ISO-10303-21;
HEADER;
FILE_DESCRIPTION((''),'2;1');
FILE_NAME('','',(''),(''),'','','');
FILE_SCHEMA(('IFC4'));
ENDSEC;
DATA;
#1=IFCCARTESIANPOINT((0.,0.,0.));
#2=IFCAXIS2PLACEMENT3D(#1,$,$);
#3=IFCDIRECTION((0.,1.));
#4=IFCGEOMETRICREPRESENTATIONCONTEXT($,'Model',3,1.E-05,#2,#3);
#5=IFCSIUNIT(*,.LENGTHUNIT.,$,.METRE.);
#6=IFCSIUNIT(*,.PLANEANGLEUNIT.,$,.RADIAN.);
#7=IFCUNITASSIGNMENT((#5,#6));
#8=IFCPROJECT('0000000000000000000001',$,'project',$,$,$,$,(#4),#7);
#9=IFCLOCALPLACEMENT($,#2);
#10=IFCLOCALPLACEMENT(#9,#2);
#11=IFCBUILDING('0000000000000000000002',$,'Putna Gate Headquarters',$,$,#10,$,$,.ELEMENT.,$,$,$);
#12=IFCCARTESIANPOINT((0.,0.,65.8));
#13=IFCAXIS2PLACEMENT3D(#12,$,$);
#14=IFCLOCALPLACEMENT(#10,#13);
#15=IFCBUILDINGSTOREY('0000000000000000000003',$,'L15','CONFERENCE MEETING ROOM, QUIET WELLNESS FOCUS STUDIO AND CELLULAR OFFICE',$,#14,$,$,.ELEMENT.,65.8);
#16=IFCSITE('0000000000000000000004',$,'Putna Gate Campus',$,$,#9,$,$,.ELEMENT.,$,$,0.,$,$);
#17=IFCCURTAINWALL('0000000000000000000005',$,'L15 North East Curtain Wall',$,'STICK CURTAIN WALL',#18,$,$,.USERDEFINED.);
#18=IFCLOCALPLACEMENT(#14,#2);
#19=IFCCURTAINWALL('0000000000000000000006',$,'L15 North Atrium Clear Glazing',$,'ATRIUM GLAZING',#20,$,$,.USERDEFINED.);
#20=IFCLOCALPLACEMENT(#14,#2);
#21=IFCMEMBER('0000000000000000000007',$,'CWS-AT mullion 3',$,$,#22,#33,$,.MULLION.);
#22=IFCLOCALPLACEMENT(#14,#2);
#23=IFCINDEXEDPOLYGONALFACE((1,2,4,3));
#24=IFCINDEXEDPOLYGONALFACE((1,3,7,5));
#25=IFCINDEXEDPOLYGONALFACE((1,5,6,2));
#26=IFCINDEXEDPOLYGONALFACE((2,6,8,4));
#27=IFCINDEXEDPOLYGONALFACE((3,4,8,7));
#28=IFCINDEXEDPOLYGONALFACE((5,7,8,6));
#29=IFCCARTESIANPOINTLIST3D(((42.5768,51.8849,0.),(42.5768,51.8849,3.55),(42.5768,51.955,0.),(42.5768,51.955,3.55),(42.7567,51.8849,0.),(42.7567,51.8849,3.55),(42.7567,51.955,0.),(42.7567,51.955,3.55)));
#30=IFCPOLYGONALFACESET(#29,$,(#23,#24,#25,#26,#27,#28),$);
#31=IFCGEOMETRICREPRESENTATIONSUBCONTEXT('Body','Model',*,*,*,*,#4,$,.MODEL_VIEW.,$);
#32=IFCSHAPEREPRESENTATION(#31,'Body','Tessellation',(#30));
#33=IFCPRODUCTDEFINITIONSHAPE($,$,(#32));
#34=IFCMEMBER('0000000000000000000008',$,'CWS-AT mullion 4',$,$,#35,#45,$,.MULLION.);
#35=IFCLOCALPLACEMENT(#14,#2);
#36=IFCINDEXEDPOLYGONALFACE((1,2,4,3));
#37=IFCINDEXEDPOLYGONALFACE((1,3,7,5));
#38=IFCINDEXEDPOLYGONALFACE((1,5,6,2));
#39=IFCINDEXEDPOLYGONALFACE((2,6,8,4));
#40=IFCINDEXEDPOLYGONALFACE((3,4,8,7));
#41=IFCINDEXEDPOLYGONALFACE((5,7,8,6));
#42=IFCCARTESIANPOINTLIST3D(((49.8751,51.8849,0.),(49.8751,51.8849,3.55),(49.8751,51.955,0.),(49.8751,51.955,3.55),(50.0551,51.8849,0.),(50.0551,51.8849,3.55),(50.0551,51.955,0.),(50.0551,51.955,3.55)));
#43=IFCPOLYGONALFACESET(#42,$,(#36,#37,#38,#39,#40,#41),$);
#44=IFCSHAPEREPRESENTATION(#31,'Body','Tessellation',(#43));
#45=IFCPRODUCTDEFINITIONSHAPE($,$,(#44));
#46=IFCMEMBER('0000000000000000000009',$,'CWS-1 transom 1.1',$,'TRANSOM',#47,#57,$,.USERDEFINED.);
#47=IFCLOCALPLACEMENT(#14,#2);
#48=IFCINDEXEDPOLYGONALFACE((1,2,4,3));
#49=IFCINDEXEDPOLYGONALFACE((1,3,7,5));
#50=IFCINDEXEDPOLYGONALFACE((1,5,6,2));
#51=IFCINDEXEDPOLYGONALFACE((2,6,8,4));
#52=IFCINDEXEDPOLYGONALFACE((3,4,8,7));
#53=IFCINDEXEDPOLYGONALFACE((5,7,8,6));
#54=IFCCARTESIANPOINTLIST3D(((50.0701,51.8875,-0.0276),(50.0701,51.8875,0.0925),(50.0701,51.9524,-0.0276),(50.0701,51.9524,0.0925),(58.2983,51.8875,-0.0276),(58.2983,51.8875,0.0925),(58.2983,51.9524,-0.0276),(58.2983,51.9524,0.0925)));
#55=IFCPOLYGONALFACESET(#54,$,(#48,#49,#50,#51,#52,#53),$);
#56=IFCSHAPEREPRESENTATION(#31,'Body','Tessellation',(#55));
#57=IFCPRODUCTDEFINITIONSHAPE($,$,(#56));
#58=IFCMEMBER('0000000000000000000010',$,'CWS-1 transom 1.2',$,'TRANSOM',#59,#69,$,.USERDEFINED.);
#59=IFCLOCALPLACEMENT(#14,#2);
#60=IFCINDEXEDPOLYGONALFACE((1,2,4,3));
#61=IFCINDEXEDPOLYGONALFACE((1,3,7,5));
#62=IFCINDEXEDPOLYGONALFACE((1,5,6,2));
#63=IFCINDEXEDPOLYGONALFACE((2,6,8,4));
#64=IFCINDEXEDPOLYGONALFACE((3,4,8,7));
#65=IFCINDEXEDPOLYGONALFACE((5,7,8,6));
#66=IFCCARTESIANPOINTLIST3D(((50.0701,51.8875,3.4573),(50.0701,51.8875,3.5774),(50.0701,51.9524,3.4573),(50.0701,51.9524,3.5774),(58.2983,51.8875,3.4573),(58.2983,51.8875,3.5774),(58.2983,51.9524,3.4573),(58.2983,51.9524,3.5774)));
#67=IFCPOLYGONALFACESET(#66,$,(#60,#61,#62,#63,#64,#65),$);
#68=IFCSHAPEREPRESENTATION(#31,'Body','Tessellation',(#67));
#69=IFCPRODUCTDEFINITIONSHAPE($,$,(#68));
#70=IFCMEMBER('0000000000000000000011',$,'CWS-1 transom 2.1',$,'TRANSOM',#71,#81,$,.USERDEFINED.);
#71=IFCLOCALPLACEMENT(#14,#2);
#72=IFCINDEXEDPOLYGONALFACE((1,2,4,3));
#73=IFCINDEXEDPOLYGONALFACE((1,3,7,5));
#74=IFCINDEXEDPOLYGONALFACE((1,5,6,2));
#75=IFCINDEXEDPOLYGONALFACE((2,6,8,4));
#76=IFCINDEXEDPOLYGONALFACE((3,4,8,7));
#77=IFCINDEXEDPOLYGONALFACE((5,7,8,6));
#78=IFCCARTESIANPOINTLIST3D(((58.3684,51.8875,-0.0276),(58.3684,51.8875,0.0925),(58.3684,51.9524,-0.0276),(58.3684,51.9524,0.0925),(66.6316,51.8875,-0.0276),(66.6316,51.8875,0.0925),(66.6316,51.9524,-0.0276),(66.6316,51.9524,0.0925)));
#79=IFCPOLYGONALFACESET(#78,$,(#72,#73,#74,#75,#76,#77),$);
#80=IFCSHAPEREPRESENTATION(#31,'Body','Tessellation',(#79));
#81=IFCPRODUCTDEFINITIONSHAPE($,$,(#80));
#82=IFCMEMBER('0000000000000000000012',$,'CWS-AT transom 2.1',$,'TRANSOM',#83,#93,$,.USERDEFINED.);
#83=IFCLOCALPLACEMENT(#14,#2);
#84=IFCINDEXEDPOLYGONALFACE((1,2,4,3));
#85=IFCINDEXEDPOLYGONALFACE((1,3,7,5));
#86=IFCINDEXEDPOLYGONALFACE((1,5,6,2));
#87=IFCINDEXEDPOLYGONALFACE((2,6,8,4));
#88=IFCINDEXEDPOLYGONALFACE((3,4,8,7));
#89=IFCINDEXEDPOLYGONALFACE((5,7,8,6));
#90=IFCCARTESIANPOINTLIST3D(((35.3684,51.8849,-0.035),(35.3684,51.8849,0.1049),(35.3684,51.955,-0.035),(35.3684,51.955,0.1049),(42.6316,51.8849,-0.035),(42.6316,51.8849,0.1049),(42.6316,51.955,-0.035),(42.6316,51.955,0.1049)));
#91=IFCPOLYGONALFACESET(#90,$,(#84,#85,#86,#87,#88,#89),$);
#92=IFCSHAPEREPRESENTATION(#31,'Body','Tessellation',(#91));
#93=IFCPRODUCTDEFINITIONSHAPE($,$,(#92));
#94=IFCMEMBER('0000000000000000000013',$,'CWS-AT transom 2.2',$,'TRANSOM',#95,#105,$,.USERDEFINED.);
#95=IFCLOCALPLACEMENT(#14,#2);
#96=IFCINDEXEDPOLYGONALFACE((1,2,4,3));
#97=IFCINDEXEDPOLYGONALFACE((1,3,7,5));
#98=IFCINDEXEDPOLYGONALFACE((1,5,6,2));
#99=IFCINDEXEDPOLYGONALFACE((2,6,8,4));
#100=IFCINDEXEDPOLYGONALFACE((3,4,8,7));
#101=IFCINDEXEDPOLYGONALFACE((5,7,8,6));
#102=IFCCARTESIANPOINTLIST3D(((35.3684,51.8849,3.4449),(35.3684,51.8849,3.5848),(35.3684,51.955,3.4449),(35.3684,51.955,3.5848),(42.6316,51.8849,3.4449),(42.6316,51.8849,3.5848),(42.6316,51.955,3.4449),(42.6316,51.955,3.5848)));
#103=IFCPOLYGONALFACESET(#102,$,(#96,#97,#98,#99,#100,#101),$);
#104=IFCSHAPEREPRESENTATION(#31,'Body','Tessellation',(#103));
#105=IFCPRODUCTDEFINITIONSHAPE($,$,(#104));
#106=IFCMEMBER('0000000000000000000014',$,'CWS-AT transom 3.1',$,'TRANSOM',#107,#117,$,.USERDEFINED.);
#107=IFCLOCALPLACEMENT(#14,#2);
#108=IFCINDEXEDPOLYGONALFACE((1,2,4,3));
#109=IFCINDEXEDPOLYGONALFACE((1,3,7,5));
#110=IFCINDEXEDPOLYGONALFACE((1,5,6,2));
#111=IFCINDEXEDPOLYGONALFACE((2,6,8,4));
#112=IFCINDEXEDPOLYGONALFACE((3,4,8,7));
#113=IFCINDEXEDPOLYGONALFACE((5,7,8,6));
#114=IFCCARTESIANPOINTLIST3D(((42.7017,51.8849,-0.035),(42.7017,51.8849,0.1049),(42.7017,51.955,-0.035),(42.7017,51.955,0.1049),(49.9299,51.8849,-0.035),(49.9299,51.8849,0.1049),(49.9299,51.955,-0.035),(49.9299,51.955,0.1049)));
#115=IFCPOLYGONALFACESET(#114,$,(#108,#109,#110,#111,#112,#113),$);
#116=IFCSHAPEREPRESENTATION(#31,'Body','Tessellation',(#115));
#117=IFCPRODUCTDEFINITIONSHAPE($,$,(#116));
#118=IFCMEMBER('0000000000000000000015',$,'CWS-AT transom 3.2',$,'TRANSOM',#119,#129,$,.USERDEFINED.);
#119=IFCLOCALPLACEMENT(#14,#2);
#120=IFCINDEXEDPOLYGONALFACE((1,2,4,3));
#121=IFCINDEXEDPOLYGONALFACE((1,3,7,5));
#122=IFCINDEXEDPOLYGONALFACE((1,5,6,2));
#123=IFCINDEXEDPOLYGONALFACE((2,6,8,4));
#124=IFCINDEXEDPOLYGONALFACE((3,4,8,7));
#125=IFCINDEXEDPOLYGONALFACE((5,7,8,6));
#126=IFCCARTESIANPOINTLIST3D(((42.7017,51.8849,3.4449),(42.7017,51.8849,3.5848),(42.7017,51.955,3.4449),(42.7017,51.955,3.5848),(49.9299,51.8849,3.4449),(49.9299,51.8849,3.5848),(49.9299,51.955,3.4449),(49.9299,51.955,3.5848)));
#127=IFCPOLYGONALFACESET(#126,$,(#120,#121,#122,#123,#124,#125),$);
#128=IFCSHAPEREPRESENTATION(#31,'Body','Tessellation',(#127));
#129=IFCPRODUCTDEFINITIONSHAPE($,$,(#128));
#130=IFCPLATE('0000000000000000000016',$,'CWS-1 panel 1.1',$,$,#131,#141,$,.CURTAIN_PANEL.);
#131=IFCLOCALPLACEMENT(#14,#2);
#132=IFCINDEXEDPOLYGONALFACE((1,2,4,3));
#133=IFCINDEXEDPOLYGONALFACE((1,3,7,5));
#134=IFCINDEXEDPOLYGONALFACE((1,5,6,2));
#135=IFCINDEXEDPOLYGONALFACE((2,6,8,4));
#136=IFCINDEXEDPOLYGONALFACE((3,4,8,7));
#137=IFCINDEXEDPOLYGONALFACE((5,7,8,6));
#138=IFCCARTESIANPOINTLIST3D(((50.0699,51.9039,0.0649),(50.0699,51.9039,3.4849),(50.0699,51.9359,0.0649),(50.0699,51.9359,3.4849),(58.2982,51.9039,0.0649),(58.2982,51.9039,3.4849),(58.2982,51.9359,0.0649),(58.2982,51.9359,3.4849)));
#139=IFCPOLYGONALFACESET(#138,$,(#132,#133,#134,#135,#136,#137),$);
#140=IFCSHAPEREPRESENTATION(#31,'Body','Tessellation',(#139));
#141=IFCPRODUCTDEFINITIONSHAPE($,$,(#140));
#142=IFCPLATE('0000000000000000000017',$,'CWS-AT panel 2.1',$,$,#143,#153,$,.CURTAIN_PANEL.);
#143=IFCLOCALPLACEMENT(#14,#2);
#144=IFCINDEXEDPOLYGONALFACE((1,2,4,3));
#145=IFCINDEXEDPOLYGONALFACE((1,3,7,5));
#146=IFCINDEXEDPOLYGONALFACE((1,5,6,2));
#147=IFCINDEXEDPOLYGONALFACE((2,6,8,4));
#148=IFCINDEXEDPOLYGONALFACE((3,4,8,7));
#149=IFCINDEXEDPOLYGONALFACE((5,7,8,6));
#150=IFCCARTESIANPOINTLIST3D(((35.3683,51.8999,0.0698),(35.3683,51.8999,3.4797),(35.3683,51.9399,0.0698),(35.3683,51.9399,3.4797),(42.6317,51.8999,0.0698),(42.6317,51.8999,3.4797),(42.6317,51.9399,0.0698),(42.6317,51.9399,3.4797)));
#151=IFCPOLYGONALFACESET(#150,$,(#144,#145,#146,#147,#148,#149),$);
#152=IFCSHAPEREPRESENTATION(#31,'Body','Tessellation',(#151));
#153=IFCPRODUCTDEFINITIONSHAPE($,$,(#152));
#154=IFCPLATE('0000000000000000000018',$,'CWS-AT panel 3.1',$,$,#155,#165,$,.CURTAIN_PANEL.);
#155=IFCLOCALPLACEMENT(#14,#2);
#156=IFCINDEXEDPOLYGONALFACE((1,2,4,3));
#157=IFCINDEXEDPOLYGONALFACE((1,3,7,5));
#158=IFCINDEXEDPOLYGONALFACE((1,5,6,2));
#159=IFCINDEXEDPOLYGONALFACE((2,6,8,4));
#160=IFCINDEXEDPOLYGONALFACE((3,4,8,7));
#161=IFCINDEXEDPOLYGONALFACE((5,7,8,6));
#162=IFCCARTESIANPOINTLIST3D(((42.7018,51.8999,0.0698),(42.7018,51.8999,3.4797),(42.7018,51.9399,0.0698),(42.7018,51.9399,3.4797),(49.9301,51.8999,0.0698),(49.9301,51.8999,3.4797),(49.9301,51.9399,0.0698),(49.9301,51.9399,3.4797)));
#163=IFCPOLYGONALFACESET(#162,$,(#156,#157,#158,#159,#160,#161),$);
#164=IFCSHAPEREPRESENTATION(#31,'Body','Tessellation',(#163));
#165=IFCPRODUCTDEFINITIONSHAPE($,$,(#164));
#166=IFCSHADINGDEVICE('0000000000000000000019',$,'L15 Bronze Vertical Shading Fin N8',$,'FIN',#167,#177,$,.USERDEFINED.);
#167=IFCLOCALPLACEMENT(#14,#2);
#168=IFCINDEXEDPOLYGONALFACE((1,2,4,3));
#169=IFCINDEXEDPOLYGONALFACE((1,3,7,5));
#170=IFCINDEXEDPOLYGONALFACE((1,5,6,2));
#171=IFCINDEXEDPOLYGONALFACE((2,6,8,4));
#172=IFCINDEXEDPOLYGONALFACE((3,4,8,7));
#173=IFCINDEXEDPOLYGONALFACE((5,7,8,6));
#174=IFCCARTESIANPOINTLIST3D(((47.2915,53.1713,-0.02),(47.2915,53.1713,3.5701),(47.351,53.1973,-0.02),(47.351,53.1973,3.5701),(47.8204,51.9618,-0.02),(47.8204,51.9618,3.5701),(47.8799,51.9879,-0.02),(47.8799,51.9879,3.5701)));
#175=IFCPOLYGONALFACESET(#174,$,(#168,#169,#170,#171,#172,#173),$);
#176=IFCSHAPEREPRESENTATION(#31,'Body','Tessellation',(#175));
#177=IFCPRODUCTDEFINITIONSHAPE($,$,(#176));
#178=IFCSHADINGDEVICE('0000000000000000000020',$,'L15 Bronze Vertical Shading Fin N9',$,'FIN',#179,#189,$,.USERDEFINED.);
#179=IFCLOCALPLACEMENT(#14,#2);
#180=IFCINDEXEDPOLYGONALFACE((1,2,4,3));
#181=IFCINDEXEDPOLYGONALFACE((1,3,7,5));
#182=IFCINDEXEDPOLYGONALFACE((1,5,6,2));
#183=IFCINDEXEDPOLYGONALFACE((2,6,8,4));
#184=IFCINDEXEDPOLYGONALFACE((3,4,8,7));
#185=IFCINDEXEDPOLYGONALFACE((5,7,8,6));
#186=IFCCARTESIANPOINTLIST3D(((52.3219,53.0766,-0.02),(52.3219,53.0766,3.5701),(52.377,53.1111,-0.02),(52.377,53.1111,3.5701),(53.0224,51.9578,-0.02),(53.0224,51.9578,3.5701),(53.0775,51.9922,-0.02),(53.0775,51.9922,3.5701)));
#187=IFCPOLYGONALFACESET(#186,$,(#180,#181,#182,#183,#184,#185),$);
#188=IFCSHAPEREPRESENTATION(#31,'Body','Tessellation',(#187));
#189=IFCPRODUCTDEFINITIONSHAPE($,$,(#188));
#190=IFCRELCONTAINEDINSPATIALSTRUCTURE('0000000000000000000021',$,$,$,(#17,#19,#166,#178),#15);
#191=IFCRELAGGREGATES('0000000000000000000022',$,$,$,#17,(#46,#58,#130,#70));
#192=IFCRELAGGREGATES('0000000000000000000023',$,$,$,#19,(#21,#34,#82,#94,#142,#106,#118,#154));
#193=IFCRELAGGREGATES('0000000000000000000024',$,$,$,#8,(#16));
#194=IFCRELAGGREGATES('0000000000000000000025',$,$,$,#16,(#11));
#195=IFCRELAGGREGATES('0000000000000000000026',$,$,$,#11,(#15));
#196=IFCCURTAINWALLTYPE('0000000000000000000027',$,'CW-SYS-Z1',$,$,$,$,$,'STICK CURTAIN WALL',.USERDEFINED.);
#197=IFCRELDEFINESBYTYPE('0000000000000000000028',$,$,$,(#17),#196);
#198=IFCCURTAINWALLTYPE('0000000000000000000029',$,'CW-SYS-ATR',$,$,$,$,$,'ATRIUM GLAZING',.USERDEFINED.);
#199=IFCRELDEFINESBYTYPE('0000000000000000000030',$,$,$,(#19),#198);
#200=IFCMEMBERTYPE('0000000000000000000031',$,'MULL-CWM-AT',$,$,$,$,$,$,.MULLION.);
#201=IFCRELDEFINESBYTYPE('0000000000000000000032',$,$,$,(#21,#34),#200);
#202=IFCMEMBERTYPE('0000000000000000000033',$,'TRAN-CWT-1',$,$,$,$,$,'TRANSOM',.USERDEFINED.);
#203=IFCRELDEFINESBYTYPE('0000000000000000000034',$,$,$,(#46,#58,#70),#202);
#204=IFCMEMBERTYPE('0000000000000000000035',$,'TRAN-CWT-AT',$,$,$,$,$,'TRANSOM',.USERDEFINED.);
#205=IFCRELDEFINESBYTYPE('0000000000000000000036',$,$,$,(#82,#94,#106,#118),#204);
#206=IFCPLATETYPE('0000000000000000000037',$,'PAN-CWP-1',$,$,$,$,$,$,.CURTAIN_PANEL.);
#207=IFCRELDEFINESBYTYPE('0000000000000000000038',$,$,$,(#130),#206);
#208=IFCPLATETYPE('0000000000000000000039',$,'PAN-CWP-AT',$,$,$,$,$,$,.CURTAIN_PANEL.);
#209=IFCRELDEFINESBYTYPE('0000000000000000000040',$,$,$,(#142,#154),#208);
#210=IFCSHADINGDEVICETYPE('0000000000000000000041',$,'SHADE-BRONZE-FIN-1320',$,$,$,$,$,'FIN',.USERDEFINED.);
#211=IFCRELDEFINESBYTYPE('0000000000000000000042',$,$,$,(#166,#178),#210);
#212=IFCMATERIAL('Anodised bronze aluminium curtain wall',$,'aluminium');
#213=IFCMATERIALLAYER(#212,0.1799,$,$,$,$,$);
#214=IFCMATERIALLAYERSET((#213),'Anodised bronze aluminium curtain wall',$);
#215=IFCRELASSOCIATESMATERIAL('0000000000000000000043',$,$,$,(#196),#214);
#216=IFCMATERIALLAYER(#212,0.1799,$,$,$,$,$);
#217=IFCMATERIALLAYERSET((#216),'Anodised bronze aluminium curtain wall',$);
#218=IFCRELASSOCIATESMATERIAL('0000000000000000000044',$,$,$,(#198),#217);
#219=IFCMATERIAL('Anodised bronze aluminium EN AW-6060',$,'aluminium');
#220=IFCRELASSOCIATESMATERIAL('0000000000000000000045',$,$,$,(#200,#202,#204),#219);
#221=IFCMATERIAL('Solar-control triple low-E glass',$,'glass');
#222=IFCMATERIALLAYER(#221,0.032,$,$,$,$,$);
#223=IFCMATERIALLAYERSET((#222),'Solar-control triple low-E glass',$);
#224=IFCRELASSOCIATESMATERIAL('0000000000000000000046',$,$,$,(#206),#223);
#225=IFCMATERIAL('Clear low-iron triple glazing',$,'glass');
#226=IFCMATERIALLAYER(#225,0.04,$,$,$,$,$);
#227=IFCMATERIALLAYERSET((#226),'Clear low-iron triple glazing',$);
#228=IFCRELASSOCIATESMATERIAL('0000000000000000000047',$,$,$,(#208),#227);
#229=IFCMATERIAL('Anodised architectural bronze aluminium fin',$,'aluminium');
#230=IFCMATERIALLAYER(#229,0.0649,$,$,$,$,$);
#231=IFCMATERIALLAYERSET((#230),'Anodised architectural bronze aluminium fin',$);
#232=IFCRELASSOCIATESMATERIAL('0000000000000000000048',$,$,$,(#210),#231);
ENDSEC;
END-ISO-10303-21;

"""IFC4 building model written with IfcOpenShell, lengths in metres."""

from ifc_helpers import new_model, si_unit, direction, frame, origin, origin_2d, place, context, subcontext, project, spatial, rectangle, extrude, material, layer, layer_set, material_profile, profile_set, type_object, element, aggregate, save


model = new_model("IFC4")

# Units and contexts
model_context = context("Model", 3, precision=1e-05, world=origin(), true_north=direction((0.0, 1.0)))
body_context = subcontext(model_context, "Body", "Model", "MODEL_VIEW")
ifc_project = project(units=[si_unit("LENGTHUNIT", "METRE"), si_unit("PLANEANGLEUNIT", "RADIAN")], contexts=[model_context])

# Site, building, storey
site_placement = place(None, origin())
site = spatial("IfcSite", under=ifc_project, at=site_placement, Name="Putna Gate Campus", CompositionType="ELEMENT", RefElevation=0.0)
building_placement = place(site_placement, origin())
building = spatial("IfcBuilding", under=site, at=building_placement, Name="Putna Gate Headquarters", CompositionType="ELEMENT")
storey_placement = place(building_placement, frame((0.0, 0.0, 65.8)))
storey = spatial("IfcBuildingStorey", under=building, at=storey_placement, Name="L15", Description="CONFERENCE MEETING ROOM, QUIET WELLNESS FOCUS STUDIO AND CELLULAR OFFICE", CompositionType="ELEMENT", Elevation=65.8)

# Curtain walls, members
ifc_material_1 = material(Name="Anodised bronze aluminium curtain wall", Category="aluminium")
ifc_layer_1 = layer(ifc_material_1, 0.1799)
ifc_layer_set_1 = layer_set([ifc_layer_1], Name="Anodised bronze aluminium curtain wall")
curtain_wall_type_1 = type_object("IfcCurtainWallType", Name="CW-SYS-Z1", ElementType="STICK CURTAIN WALL", PredefinedType="USERDEFINED", material=ifc_layer_set_1)
curtain_wall_1_placement = place(storey_placement, origin())
curtain_wall_1 = element("IfcCurtainWall", 1, at=curtain_wall_1_placement, inside=storey, type_object=curtain_wall_type_1, Name="L15 North East Curtain Wall", ObjectType="STICK CURTAIN WALL", PredefinedType="USERDEFINED")
ifc_material_2 = material(Name="Anodised bronze aluminium EN AW-6060", Category="aluminium")
ifc_layer_2 = layer(ifc_material_1, 0.1799)
ifc_layer_set_2 = layer_set([ifc_layer_2], Name="Anodised bronze aluminium curtain wall")
curtain_wall_type_2 = type_object("IfcCurtainWallType", Name="CW-SYS-ATR", ElementType="ATRIUM GLAZING", PredefinedType="USERDEFINED", material=ifc_layer_set_2)
curtain_wall_2_placement = place(storey_placement, origin())
curtain_wall_2 = element("IfcCurtainWall", 2, at=curtain_wall_2_placement, inside=storey, type_object=curtain_wall_type_2, Name="L15 North Atrium Clear Glazing", ObjectType="ATRIUM GLAZING", PredefinedType="USERDEFINED")
ifc_material_profile_1 = material_profile(ifc_material_2, rectangle(XDim=0.0701, YDim=0.1799, at=origin_2d()), Name="Anodised bronze aluminium EN AW-6060")
ifc_profile_set_1 = profile_set([ifc_material_profile_1], Name="Anodised bronze aluminium EN AW-6060")
member_type_1 = type_object("IfcMemberType", Name="MULL-CWM-AT", PredefinedType="MULLION", material=ifc_profile_set_1)
member_1_placement = place(storey_placement, frame((42.6667, 51.9199, 0.0), z_axis=(0.0, 0.0, 1.0), x_axis=(0.0, 1.0, 0.0)))
member_1 = element("IfcMember", 3, at=member_1_placement, type_object=member_type_1, Name="CWS-AT mullion 3", PredefinedType="MULLION", context=body_context, shape_type="SweptSolid", body=[
    extrude(rectangle(XDim=0.0701, YDim=0.1799, at=origin_2d()), origin(), (0.0, 0.0, 1.0), 3.55),
])
member_2_placement = place(storey_placement, frame((49.9651, 51.9199, 0.0), z_axis=(0.0, 0.0, 1.0), x_axis=(0.0, 1.0, 0.0)))
member_2 = element("IfcMember", 4, at=member_2_placement, type_object=member_type_1, Name="CWS-AT mullion 4", PredefinedType="MULLION", context=body_context, shape_type="SweptSolid", body=[
    extrude(rectangle(XDim=0.0701, YDim=0.1799, at=origin_2d()), origin(), (0.0, 0.0, 1.0), 3.55),
])

# Members
ifc_material_profile_2 = material_profile(ifc_material_2, rectangle(XDim=0.0649, YDim=0.1201, at=origin_2d()), Name="Anodised bronze aluminium EN AW-6060")
ifc_profile_set_2 = profile_set([ifc_material_profile_2], Name="Anodised bronze aluminium EN AW-6060")
member_type_2 = type_object("IfcMemberType", Name="TRAN-CWT-1", ElementType="TRANSOM", PredefinedType="USERDEFINED", material=ifc_profile_set_2)
member_3_placement = place(storey_placement, frame((50.0701, 51.9199, 0.0325), z_axis=(1.0, 0.0, 0.0), x_axis=(0.0, 1.0, 0.0)))
member_3 = element("IfcMember", 5, at=member_3_placement, type_object=member_type_2, Name="CWS-1 transom 1.1", ObjectType="TRANSOM", PredefinedType="USERDEFINED", context=body_context, shape_type="SweptSolid", body=[
    extrude(rectangle(XDim=0.0649, YDim=0.1201, at=origin_2d()), origin(), (0.0, 0.0, 1.0), 8.2283),
])
member_4_placement = place(storey_placement, frame((50.0701, 51.9199, 3.5173), z_axis=(1.0, 0.0, 0.0), x_axis=(0.0, 1.0, 0.0)))
member_4 = element("IfcMember", 6, at=member_4_placement, type_object=member_type_2, Name="CWS-1 transom 1.2", ObjectType="TRANSOM", PredefinedType="USERDEFINED", context=body_context, shape_type="SweptSolid", body=[
    extrude(rectangle(XDim=0.0649, YDim=0.1201, at=origin_2d()), origin(), (0.0, 0.0, 1.0), 8.2283),
])
member_5_placement = place(storey_placement, frame((58.3684, 51.9199, 0.0325), z_axis=(1.0, 0.0, 0.0), x_axis=(0.0, 1.0, 0.0)))
member_5 = element("IfcMember", 7, at=member_5_placement, type_object=member_type_2, Name="CWS-1 transom 2.1", ObjectType="TRANSOM", PredefinedType="USERDEFINED", context=body_context, shape_type="SweptSolid", body=[
    extrude(rectangle(XDim=0.0649, YDim=0.1201, at=origin_2d()), origin(), (0.0, 0.0, 1.0), 8.2632),
])
ifc_material_profile_3 = material_profile(ifc_material_2, rectangle(XDim=0.0701, YDim=0.1399, at=origin_2d()), Name="Anodised bronze aluminium EN AW-6060")
ifc_profile_set_3 = profile_set([ifc_material_profile_3], Name="Anodised bronze aluminium EN AW-6060")
member_type_3 = type_object("IfcMemberType", Name="TRAN-CWT-AT", ElementType="TRANSOM", PredefinedType="USERDEFINED", material=ifc_profile_set_3)
member_6_placement = place(storey_placement, frame((35.3684, 51.9199, 0.0349), z_axis=(1.0, 0.0, 0.0), x_axis=(0.0, 1.0, 0.0)))
member_6 = element("IfcMember", 8, at=member_6_placement, type_object=member_type_3, Name="CWS-AT transom 2.1", ObjectType="TRANSOM", PredefinedType="USERDEFINED", context=body_context, shape_type="SweptSolid", body=[
    extrude(rectangle(XDim=0.0701, YDim=0.1399, at=origin_2d()), origin(), (0.0, 0.0, 1.0), 7.2632),
])
member_7_placement = place(storey_placement, frame((35.3684, 51.9199, 3.5149), z_axis=(1.0, 0.0, 0.0), x_axis=(0.0, 1.0, 0.0)))
member_7 = element("IfcMember", 9, at=member_7_placement, type_object=member_type_3, Name="CWS-AT transom 2.2", ObjectType="TRANSOM", PredefinedType="USERDEFINED", context=body_context, shape_type="SweptSolid", body=[
    extrude(rectangle(XDim=0.0701, YDim=0.1399, at=origin_2d()), origin(), (0.0, 0.0, 1.0), 7.2632),
])
member_8_placement = place(storey_placement, frame((42.7017, 51.9199, 0.0349), z_axis=(1.0, 0.0, 0.0), x_axis=(0.0, 1.0, 0.0)))
member_8 = element("IfcMember", 10, at=member_8_placement, type_object=member_type_3, Name="CWS-AT transom 3.1", ObjectType="TRANSOM", PredefinedType="USERDEFINED", context=body_context, shape_type="SweptSolid", body=[
    extrude(rectangle(XDim=0.0701, YDim=0.1399, at=origin_2d()), origin(), (0.0, 0.0, 1.0), 7.2283),
])
member_9_placement = place(storey_placement, frame((42.7017, 51.9199, 3.5149), z_axis=(1.0, 0.0, 0.0), x_axis=(0.0, 1.0, 0.0)))
member_9 = element("IfcMember", 11, at=member_9_placement, type_object=member_type_3, Name="CWS-AT transom 3.2", ObjectType="TRANSOM", PredefinedType="USERDEFINED", context=body_context, shape_type="SweptSolid", body=[
    extrude(rectangle(XDim=0.0701, YDim=0.1399, at=origin_2d()), origin(), (0.0, 0.0, 1.0), 7.2283),
])

# Plates
ifc_material_3 = material(Name="Solar-control triple low-E glass", Category="glass")
ifc_layer_3 = layer(ifc_material_3, 0.032)
ifc_layer_set_3 = layer_set([ifc_layer_3], Name="Solar-control triple low-E glass")
plate_type_1 = type_object("IfcPlateType", Name="PAN-CWP-1", PredefinedType="CURTAIN_PANEL", material=ifc_layer_set_3)
plate_1_placement = place(storey_placement, frame((54.1841, 51.9199, 0.0649), z_axis=(0.0, 0.0, 1.0), x_axis=(1.0, 0.0, 0.0)))
plate_1 = element("IfcPlate", 12, at=plate_1_placement, type_object=plate_type_1, Name="CWS-1 panel 1.1", PredefinedType="CURTAIN_PANEL", context=body_context, shape_type="SweptSolid", body=[
    extrude(rectangle(XDim=8.2283, YDim=0.032, at=origin_2d()), origin(), (0.0, 0.0, 1.0), 3.4199),
])
aggregate(curtain_wall_1, [member_3, member_4, plate_1, member_5])
ifc_material_4 = material(Name="Clear low-iron triple glazing", Category="glass")
ifc_layer_4 = layer(ifc_material_4, 0.04)
ifc_layer_set_4 = layer_set([ifc_layer_4], Name="Clear low-iron triple glazing")
plate_type_2 = type_object("IfcPlateType", Name="PAN-CWP-AT", PredefinedType="CURTAIN_PANEL", material=ifc_layer_set_4)
plate_2_placement = place(storey_placement, frame((39.0, 51.9199, 0.0698), z_axis=(0.0, 0.0, 1.0), x_axis=(1.0, 0.0, 0.0)))
plate_2 = element("IfcPlate", 13, at=plate_2_placement, type_object=plate_type_2, Name="CWS-AT panel 2.1", PredefinedType="CURTAIN_PANEL", context=body_context, shape_type="SweptSolid", body=[
    extrude(rectangle(XDim=7.2634, YDim=0.04, at=origin_2d()), origin(), (0.0, 0.0, 1.0), 3.4099),
])
plate_3_placement = place(storey_placement, frame((46.3159, 51.9199, 0.0698), z_axis=(0.0, 0.0, 1.0), x_axis=(1.0, 0.0, 0.0)))
plate_3 = element("IfcPlate", 14, at=plate_3_placement, type_object=plate_type_2, Name="CWS-AT panel 3.1", PredefinedType="CURTAIN_PANEL", context=body_context, shape_type="SweptSolid", body=[
    extrude(rectangle(XDim=7.2283, YDim=0.04, at=origin_2d()), origin(), (0.0, 0.0, 1.0), 3.4099),
])
aggregate(curtain_wall_2, [member_1, member_2, member_6, member_7, plate_2, member_8, member_9, plate_3])

# Shading devices
ifc_material_5 = material(Name="Anodised architectural bronze aluminium fin", Category="aluminium")
ifc_layer_5 = layer(ifc_material_5, 0.0649)
ifc_layer_set_5 = layer_set([ifc_layer_5], Name="Anodised architectural bronze aluminium fin")
shading_device_type = type_object("IfcShadingDeviceType", Name="SHADE-BRONZE-FIN-1320", ElementType="FIN", PredefinedType="USERDEFINED", material=ifc_layer_set_5)
for number, where, z_axis, x_axis, name in (
    (15, (47.5857, 52.5796, -0.02), (0.0, 0.0, 1.0), (-0.400669, 0.916223, 0.0), "L15 Bronze Vertical Shading Fin N8"),
    (16, (52.6997, 52.5344, -0.02), (0.0, 0.0, 1.0), (-0.530659, 0.847585, 0.0), "L15 Bronze Vertical Shading Fin N9"),
):
    element("IfcShadingDevice", number, at=place(storey_placement, frame(where, z_axis=z_axis, x_axis=x_axis)), inside=storey, type_object=shading_device_type, Name=name, ObjectType="FIN", PredefinedType="USERDEFINED", context=body_context, shape_type="SweptSolid", body=[
        extrude(rectangle(XDim=1.3201, YDim=0.0649, at=origin_2d()), origin(), (0.0, 0.0, 1.0), 3.5901),
    ])

save(model, "model.ifc")
